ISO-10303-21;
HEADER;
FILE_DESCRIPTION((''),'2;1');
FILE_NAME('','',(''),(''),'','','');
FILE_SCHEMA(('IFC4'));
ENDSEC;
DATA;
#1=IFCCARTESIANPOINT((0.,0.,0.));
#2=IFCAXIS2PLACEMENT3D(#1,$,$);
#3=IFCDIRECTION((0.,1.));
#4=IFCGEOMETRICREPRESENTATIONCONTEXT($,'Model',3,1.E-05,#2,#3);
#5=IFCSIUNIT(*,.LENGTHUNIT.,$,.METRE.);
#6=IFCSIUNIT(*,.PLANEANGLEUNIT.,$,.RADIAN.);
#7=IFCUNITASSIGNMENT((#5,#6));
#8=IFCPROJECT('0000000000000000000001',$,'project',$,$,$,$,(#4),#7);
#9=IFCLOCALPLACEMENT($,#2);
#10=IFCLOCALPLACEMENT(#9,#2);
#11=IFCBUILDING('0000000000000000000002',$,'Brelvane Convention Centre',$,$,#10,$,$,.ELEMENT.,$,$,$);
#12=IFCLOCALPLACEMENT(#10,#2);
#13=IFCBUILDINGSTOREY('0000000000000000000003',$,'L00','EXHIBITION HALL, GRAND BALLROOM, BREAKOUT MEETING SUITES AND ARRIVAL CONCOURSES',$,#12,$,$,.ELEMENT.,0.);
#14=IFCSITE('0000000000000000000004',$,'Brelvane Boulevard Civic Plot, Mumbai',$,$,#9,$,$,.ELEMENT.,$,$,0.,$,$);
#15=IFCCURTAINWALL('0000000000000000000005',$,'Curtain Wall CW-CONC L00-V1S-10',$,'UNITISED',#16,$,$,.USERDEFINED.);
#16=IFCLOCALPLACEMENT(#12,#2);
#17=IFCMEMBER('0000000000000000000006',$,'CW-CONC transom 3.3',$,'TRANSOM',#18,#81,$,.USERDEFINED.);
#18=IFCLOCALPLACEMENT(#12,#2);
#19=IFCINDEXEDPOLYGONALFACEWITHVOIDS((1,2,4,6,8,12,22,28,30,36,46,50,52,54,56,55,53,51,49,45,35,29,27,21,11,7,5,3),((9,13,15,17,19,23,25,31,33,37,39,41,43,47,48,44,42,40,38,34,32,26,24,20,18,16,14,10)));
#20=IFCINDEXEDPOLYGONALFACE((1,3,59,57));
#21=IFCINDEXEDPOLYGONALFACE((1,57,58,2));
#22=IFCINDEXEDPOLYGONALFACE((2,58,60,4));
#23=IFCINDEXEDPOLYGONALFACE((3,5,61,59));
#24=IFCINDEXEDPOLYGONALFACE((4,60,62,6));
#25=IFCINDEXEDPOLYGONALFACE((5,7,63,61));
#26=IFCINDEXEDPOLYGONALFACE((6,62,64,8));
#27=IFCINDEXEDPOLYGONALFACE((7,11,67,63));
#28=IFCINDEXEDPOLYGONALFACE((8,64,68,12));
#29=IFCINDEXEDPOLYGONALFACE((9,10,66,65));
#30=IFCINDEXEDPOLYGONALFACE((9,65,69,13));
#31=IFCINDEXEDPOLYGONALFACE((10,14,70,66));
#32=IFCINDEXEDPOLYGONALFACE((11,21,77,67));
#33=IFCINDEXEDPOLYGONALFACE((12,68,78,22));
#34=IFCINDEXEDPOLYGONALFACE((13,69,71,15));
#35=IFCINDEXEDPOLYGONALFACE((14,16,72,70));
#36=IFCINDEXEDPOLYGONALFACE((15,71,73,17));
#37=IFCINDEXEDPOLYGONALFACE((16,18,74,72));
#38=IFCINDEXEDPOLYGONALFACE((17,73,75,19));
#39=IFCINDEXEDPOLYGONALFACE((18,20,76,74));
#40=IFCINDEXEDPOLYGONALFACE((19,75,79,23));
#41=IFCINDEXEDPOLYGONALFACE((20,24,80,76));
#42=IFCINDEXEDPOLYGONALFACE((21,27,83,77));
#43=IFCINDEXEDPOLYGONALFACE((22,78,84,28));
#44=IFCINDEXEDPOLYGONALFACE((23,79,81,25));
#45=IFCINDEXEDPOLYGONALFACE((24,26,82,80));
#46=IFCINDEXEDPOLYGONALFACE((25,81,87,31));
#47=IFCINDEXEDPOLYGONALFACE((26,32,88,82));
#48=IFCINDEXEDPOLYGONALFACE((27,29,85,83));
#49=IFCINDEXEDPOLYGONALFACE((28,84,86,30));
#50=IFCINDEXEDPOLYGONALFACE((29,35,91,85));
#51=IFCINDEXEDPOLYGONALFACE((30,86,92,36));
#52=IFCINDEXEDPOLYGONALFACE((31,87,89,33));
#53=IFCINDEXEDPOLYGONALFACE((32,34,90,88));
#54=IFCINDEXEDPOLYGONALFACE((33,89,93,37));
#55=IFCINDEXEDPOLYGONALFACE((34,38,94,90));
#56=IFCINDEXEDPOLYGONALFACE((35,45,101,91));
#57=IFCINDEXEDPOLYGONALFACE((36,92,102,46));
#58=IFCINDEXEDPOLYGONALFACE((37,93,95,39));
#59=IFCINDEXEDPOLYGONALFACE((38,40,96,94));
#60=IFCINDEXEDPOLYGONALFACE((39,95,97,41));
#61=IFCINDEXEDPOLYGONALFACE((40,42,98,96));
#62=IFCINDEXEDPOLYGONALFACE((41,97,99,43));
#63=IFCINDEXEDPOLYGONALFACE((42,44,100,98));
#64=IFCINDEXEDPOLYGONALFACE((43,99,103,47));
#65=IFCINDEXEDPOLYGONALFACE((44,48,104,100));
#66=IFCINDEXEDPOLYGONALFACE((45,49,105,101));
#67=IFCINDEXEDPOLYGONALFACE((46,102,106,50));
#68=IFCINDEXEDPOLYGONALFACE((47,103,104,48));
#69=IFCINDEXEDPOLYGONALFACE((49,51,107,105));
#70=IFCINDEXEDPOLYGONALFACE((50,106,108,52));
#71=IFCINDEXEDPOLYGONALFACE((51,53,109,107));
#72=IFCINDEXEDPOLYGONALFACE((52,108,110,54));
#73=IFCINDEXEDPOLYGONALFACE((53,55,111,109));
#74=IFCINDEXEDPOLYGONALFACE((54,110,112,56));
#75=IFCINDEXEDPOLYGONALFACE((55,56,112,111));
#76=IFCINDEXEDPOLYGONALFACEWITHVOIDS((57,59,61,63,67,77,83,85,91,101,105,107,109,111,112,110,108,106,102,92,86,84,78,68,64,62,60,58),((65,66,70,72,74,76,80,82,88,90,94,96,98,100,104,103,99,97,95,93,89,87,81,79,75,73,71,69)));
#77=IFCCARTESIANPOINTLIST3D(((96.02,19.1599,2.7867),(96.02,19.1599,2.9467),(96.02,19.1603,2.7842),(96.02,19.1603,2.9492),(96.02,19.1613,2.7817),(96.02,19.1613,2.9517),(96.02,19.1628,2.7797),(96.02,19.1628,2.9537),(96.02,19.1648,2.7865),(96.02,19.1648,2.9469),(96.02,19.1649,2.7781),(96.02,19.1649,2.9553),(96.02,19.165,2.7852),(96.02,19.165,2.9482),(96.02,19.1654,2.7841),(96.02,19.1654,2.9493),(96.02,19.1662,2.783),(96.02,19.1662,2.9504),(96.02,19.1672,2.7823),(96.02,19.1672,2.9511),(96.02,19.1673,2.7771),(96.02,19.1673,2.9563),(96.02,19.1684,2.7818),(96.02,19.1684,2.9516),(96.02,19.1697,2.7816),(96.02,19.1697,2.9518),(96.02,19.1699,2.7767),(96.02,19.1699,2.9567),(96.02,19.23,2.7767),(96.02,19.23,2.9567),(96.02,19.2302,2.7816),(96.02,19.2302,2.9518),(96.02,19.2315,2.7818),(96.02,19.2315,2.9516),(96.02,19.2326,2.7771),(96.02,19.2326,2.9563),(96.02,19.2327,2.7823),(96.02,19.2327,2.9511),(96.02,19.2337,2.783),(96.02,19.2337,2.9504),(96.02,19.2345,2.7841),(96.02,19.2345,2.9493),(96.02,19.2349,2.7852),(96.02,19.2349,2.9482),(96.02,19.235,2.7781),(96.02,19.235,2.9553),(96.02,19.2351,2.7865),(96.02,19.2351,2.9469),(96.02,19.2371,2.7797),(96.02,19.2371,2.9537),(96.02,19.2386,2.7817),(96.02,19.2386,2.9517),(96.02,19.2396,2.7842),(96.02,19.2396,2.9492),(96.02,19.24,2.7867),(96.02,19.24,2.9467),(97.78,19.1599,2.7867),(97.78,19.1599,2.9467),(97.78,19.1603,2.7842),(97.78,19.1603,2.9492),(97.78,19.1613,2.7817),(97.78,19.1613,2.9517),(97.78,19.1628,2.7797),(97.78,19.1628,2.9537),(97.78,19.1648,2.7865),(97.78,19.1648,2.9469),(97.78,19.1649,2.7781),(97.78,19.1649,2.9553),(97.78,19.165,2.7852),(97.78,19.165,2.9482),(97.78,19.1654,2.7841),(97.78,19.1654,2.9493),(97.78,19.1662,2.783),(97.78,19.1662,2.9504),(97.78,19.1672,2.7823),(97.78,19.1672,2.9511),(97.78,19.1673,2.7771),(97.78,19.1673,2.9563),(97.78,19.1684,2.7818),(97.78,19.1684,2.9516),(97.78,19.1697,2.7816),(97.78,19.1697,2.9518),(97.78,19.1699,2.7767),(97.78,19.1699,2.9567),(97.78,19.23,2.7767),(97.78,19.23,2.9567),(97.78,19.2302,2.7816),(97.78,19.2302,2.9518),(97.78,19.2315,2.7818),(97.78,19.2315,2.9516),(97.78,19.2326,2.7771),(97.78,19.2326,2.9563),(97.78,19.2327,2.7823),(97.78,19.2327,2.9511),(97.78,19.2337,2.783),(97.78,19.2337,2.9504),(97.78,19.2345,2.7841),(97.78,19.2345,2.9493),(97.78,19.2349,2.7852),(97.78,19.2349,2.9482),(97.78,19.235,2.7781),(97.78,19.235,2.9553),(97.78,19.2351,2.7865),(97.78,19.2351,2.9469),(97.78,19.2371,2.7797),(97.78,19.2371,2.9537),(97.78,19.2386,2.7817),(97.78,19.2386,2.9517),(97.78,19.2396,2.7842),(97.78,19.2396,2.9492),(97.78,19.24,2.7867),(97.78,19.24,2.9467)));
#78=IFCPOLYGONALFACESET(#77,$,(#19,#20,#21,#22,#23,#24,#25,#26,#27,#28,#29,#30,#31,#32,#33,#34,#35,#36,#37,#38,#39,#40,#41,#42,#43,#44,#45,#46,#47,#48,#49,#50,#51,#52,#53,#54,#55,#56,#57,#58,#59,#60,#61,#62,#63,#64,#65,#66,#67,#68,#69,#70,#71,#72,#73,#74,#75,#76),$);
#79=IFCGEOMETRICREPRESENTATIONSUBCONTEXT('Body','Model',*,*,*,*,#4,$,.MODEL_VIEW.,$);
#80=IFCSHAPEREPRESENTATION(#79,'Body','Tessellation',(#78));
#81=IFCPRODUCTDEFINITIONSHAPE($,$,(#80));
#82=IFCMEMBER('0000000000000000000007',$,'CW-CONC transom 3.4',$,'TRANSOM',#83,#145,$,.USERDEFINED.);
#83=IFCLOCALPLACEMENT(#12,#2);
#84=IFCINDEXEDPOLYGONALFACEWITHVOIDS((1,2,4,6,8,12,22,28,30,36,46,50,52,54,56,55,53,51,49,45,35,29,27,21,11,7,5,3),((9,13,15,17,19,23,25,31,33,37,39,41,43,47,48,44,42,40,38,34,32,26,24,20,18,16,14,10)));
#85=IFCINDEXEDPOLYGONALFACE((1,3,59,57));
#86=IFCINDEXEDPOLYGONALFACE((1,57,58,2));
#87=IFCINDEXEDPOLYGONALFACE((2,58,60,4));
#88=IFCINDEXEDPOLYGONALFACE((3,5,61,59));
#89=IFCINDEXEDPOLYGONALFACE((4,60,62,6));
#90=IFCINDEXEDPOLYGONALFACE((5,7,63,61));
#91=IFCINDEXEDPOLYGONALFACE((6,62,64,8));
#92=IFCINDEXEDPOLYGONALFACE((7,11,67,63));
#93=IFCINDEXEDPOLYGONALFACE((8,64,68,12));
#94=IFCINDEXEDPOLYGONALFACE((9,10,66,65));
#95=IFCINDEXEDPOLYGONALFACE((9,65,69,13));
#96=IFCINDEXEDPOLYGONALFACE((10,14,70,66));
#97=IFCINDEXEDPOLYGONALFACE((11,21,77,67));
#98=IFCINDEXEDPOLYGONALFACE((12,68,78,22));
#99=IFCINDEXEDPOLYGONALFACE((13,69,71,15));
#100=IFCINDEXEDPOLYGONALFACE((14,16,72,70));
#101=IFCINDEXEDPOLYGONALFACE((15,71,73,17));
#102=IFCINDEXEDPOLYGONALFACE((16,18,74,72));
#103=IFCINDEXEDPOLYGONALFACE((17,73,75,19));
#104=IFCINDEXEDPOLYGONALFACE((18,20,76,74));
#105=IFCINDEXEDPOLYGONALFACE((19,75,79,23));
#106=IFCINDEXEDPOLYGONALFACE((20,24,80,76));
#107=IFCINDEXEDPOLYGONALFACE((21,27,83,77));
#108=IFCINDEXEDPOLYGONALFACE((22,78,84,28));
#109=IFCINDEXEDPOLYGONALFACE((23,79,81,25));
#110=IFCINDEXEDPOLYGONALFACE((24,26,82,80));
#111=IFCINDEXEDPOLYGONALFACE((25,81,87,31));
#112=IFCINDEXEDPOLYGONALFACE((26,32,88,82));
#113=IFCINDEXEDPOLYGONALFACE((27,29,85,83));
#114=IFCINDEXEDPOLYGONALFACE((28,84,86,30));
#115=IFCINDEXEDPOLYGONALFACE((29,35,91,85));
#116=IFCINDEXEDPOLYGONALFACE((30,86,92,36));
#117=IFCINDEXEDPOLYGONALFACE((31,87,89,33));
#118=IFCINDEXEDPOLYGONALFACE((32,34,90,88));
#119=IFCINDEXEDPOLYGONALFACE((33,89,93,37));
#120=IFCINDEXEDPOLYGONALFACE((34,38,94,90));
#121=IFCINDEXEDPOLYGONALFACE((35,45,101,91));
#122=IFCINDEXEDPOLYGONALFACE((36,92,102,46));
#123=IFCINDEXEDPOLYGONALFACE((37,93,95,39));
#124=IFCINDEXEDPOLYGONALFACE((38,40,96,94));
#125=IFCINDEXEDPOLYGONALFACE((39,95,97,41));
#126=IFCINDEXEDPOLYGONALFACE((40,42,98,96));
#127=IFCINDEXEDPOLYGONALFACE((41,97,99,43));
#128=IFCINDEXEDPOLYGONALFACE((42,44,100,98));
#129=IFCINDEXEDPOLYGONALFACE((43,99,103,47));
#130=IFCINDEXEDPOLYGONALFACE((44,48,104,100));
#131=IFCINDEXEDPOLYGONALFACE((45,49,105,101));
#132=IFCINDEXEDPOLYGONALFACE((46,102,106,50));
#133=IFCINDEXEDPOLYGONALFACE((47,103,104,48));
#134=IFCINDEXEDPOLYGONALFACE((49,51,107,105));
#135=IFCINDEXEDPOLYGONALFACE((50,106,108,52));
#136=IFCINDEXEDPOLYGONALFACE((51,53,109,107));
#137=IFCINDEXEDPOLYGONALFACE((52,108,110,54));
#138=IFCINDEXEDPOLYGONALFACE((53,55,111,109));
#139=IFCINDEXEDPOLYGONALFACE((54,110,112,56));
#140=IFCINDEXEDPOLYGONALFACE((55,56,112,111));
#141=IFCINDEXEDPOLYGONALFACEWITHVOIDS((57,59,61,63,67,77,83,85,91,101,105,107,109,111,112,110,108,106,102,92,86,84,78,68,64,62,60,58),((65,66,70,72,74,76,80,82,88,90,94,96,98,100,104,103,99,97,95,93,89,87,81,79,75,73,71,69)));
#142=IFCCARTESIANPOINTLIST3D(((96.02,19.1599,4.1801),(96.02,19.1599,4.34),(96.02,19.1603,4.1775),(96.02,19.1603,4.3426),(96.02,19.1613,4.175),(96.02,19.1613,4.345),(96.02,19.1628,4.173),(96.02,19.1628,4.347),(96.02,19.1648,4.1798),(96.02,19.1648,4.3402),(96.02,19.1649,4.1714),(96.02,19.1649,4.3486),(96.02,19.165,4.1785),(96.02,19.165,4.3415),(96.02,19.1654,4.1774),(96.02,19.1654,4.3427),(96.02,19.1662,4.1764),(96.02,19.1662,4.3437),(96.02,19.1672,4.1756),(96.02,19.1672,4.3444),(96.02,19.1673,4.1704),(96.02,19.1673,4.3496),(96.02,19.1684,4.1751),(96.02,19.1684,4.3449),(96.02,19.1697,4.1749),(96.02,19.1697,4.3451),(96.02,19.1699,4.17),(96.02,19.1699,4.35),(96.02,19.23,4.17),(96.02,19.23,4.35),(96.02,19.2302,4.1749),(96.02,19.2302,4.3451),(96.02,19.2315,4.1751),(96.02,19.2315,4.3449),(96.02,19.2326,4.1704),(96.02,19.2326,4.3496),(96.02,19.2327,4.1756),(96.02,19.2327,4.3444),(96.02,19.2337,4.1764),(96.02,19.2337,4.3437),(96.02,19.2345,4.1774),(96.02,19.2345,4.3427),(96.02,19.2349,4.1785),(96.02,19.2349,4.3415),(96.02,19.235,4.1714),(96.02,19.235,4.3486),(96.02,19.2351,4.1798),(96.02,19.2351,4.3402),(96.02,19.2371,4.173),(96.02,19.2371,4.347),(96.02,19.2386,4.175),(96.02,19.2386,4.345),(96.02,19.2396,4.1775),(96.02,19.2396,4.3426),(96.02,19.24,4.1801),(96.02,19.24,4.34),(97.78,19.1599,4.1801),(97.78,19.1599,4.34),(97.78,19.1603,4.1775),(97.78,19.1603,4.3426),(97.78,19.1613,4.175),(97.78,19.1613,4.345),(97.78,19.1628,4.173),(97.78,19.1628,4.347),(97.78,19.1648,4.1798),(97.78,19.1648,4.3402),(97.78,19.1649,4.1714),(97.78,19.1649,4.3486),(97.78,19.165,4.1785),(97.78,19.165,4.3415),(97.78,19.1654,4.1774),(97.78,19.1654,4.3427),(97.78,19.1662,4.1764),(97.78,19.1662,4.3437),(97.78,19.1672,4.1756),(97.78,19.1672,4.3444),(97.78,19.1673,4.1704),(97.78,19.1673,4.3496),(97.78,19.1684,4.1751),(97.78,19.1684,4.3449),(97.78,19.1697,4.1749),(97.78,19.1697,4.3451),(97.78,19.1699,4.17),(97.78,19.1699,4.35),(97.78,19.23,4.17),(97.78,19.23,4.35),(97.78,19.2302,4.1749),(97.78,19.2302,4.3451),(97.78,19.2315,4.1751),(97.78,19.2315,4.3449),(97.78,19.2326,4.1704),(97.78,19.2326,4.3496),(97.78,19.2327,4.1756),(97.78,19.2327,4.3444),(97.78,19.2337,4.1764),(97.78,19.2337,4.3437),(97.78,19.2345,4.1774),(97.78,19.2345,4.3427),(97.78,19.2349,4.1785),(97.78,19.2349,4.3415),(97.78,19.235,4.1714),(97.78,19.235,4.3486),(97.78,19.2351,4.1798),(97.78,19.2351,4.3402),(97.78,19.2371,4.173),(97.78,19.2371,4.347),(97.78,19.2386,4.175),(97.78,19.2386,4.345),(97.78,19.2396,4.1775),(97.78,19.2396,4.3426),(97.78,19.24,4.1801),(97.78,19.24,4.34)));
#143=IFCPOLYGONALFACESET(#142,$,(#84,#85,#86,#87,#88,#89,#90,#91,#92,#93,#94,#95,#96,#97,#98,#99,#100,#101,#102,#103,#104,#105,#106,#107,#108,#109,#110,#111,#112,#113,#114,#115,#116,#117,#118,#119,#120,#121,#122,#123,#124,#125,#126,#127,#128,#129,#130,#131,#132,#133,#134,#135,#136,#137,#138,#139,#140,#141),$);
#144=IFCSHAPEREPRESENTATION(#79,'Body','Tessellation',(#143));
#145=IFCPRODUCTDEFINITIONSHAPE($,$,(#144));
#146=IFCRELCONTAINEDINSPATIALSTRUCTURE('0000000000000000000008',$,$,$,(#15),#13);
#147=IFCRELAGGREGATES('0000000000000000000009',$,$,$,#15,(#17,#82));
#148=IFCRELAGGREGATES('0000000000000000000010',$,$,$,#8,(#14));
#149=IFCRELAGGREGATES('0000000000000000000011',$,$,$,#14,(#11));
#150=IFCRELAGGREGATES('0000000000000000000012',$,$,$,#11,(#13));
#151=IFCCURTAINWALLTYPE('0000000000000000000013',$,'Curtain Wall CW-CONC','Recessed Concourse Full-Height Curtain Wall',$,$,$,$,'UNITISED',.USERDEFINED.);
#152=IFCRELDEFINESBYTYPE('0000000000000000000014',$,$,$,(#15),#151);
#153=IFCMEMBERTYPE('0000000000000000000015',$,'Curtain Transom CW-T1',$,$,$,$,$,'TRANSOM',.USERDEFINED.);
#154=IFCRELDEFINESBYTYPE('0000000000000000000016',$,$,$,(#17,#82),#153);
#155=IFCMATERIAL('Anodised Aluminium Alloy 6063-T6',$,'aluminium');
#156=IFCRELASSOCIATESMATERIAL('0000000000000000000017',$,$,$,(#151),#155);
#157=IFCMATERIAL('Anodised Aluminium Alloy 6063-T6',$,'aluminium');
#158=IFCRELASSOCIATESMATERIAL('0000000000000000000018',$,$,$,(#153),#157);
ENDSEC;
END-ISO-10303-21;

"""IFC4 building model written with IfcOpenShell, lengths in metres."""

from ifc_helpers import new_model, si_unit, direction, frame, origin, origin_2d, place, context, subcontext, project, spatial, hollow_rectangle, extrude, material, material_profile, profile_set, type_object, element, aggregate, save


model = new_model("IFC4")

# Units and contexts
model_context = context("Model", 3, precision=1e-05, world=origin(), true_north=direction((0.0, 1.0)))
body_context = subcontext(model_context, "Body", "Model", "MODEL_VIEW")
ifc_project = project(units=[si_unit("LENGTHUNIT", "METRE"), si_unit("PLANEANGLEUNIT", "RADIAN")], contexts=[model_context])

# Site, building, storey
site_placement = place(None, origin())
site = spatial("IfcSite", under=ifc_project, at=site_placement, Name="Brelvane Boulevard Civic Plot, Mumbai", CompositionType="ELEMENT", RefElevation=0.0)
building_placement = place(site_placement, origin())
building = spatial("IfcBuilding", under=site, at=building_placement, Name="Brelvane Convention Centre", CompositionType="ELEMENT")
storey_placement = place(building_placement, origin())
storey = spatial("IfcBuildingStorey", under=building, at=storey_placement, Name="L00", Description="EXHIBITION HALL, GRAND BALLROOM, BREAKOUT MEETING SUITES AND ARRIVAL CONCOURSES", CompositionType="ELEMENT", Elevation=0.0)

# Curtain wall, members
ifc_material_1 = material(Name="Anodised Aluminium Alloy 6063-T6", Category="aluminium")
curtain_wall_type = type_object("IfcCurtainWallType", Name="Curtain Wall CW-CONC", Description="Recessed Concourse Full-Height Curtain Wall", ElementType="UNITISED", PredefinedType="USERDEFINED", material=ifc_material_1)
curtain_wall_placement = place(storey_placement, origin())
curtain_wall = element("IfcCurtainWall", 1, at=curtain_wall_placement, inside=storey, type_object=curtain_wall_type, Name="Curtain Wall CW-CONC L00-V1S-10", ObjectType="UNITISED", PredefinedType="USERDEFINED")
ifc_material_2 = material(Name="Anodised Aluminium Alloy 6063-T6", Category="aluminium")
ifc_material_profile_1 = material_profile(ifc_material_2, hollow_rectangle(XDim=0.0801, YDim=0.1799, WallThickness=0.0049, InnerFilletRadius=0.0049, OuterFilletRadius=0.01, at=origin_2d()), Name="ALU-T 180x80x5.0")
ifc_profile_set_1 = profile_set([ifc_material_profile_1], Name="Anodised Aluminium Alloy 6063-T6")
member_type_1 = type_object("IfcMemberType", Name="Curtain Transom CW-T1", ElementType="TRANSOM", PredefinedType="USERDEFINED", material=ifc_profile_set_1)
member_1_placement = place(storey_placement, frame((96.02, 19.2, 2.8667), z_axis=(1.0, 0.0, 0.0), x_axis=(0.0, 1.0, 0.0)))
member_1 = element("IfcMember", 2, at=member_1_placement, type_object=member_type_1, Name="CW-CONC transom 3.3", ObjectType="TRANSOM", PredefinedType="USERDEFINED", context=body_context, shape_type="SweptSolid", body=[
    extrude(hollow_rectangle(XDim=0.0801, YDim=0.1799, WallThickness=0.0049, InnerFilletRadius=0.0049, OuterFilletRadius=0.01, at=origin_2d()), origin(), (0.0, 0.0, 1.0), 1.76),
])
member_2_placement = place(storey_placement, frame((96.02, 19.2, 4.26), z_axis=(1.0, 0.0, 0.0), x_axis=(0.0, 1.0, 0.0)))
member_2 = element("IfcMember", 3, at=member_2_placement, type_object=member_type_1, Name="CW-CONC transom 3.4", ObjectType="TRANSOM", PredefinedType="USERDEFINED", context=body_context, shape_type="SweptSolid", body=[
    extrude(hollow_rectangle(XDim=0.0801, YDim=0.1799, WallThickness=0.0049, InnerFilletRadius=0.0049, OuterFilletRadius=0.01, at=origin_2d()), origin(), (0.0, 0.0, 1.0), 1.76),
])

aggregate(curtain_wall, [member_1, member_2])

save(model, "model.ifc")
